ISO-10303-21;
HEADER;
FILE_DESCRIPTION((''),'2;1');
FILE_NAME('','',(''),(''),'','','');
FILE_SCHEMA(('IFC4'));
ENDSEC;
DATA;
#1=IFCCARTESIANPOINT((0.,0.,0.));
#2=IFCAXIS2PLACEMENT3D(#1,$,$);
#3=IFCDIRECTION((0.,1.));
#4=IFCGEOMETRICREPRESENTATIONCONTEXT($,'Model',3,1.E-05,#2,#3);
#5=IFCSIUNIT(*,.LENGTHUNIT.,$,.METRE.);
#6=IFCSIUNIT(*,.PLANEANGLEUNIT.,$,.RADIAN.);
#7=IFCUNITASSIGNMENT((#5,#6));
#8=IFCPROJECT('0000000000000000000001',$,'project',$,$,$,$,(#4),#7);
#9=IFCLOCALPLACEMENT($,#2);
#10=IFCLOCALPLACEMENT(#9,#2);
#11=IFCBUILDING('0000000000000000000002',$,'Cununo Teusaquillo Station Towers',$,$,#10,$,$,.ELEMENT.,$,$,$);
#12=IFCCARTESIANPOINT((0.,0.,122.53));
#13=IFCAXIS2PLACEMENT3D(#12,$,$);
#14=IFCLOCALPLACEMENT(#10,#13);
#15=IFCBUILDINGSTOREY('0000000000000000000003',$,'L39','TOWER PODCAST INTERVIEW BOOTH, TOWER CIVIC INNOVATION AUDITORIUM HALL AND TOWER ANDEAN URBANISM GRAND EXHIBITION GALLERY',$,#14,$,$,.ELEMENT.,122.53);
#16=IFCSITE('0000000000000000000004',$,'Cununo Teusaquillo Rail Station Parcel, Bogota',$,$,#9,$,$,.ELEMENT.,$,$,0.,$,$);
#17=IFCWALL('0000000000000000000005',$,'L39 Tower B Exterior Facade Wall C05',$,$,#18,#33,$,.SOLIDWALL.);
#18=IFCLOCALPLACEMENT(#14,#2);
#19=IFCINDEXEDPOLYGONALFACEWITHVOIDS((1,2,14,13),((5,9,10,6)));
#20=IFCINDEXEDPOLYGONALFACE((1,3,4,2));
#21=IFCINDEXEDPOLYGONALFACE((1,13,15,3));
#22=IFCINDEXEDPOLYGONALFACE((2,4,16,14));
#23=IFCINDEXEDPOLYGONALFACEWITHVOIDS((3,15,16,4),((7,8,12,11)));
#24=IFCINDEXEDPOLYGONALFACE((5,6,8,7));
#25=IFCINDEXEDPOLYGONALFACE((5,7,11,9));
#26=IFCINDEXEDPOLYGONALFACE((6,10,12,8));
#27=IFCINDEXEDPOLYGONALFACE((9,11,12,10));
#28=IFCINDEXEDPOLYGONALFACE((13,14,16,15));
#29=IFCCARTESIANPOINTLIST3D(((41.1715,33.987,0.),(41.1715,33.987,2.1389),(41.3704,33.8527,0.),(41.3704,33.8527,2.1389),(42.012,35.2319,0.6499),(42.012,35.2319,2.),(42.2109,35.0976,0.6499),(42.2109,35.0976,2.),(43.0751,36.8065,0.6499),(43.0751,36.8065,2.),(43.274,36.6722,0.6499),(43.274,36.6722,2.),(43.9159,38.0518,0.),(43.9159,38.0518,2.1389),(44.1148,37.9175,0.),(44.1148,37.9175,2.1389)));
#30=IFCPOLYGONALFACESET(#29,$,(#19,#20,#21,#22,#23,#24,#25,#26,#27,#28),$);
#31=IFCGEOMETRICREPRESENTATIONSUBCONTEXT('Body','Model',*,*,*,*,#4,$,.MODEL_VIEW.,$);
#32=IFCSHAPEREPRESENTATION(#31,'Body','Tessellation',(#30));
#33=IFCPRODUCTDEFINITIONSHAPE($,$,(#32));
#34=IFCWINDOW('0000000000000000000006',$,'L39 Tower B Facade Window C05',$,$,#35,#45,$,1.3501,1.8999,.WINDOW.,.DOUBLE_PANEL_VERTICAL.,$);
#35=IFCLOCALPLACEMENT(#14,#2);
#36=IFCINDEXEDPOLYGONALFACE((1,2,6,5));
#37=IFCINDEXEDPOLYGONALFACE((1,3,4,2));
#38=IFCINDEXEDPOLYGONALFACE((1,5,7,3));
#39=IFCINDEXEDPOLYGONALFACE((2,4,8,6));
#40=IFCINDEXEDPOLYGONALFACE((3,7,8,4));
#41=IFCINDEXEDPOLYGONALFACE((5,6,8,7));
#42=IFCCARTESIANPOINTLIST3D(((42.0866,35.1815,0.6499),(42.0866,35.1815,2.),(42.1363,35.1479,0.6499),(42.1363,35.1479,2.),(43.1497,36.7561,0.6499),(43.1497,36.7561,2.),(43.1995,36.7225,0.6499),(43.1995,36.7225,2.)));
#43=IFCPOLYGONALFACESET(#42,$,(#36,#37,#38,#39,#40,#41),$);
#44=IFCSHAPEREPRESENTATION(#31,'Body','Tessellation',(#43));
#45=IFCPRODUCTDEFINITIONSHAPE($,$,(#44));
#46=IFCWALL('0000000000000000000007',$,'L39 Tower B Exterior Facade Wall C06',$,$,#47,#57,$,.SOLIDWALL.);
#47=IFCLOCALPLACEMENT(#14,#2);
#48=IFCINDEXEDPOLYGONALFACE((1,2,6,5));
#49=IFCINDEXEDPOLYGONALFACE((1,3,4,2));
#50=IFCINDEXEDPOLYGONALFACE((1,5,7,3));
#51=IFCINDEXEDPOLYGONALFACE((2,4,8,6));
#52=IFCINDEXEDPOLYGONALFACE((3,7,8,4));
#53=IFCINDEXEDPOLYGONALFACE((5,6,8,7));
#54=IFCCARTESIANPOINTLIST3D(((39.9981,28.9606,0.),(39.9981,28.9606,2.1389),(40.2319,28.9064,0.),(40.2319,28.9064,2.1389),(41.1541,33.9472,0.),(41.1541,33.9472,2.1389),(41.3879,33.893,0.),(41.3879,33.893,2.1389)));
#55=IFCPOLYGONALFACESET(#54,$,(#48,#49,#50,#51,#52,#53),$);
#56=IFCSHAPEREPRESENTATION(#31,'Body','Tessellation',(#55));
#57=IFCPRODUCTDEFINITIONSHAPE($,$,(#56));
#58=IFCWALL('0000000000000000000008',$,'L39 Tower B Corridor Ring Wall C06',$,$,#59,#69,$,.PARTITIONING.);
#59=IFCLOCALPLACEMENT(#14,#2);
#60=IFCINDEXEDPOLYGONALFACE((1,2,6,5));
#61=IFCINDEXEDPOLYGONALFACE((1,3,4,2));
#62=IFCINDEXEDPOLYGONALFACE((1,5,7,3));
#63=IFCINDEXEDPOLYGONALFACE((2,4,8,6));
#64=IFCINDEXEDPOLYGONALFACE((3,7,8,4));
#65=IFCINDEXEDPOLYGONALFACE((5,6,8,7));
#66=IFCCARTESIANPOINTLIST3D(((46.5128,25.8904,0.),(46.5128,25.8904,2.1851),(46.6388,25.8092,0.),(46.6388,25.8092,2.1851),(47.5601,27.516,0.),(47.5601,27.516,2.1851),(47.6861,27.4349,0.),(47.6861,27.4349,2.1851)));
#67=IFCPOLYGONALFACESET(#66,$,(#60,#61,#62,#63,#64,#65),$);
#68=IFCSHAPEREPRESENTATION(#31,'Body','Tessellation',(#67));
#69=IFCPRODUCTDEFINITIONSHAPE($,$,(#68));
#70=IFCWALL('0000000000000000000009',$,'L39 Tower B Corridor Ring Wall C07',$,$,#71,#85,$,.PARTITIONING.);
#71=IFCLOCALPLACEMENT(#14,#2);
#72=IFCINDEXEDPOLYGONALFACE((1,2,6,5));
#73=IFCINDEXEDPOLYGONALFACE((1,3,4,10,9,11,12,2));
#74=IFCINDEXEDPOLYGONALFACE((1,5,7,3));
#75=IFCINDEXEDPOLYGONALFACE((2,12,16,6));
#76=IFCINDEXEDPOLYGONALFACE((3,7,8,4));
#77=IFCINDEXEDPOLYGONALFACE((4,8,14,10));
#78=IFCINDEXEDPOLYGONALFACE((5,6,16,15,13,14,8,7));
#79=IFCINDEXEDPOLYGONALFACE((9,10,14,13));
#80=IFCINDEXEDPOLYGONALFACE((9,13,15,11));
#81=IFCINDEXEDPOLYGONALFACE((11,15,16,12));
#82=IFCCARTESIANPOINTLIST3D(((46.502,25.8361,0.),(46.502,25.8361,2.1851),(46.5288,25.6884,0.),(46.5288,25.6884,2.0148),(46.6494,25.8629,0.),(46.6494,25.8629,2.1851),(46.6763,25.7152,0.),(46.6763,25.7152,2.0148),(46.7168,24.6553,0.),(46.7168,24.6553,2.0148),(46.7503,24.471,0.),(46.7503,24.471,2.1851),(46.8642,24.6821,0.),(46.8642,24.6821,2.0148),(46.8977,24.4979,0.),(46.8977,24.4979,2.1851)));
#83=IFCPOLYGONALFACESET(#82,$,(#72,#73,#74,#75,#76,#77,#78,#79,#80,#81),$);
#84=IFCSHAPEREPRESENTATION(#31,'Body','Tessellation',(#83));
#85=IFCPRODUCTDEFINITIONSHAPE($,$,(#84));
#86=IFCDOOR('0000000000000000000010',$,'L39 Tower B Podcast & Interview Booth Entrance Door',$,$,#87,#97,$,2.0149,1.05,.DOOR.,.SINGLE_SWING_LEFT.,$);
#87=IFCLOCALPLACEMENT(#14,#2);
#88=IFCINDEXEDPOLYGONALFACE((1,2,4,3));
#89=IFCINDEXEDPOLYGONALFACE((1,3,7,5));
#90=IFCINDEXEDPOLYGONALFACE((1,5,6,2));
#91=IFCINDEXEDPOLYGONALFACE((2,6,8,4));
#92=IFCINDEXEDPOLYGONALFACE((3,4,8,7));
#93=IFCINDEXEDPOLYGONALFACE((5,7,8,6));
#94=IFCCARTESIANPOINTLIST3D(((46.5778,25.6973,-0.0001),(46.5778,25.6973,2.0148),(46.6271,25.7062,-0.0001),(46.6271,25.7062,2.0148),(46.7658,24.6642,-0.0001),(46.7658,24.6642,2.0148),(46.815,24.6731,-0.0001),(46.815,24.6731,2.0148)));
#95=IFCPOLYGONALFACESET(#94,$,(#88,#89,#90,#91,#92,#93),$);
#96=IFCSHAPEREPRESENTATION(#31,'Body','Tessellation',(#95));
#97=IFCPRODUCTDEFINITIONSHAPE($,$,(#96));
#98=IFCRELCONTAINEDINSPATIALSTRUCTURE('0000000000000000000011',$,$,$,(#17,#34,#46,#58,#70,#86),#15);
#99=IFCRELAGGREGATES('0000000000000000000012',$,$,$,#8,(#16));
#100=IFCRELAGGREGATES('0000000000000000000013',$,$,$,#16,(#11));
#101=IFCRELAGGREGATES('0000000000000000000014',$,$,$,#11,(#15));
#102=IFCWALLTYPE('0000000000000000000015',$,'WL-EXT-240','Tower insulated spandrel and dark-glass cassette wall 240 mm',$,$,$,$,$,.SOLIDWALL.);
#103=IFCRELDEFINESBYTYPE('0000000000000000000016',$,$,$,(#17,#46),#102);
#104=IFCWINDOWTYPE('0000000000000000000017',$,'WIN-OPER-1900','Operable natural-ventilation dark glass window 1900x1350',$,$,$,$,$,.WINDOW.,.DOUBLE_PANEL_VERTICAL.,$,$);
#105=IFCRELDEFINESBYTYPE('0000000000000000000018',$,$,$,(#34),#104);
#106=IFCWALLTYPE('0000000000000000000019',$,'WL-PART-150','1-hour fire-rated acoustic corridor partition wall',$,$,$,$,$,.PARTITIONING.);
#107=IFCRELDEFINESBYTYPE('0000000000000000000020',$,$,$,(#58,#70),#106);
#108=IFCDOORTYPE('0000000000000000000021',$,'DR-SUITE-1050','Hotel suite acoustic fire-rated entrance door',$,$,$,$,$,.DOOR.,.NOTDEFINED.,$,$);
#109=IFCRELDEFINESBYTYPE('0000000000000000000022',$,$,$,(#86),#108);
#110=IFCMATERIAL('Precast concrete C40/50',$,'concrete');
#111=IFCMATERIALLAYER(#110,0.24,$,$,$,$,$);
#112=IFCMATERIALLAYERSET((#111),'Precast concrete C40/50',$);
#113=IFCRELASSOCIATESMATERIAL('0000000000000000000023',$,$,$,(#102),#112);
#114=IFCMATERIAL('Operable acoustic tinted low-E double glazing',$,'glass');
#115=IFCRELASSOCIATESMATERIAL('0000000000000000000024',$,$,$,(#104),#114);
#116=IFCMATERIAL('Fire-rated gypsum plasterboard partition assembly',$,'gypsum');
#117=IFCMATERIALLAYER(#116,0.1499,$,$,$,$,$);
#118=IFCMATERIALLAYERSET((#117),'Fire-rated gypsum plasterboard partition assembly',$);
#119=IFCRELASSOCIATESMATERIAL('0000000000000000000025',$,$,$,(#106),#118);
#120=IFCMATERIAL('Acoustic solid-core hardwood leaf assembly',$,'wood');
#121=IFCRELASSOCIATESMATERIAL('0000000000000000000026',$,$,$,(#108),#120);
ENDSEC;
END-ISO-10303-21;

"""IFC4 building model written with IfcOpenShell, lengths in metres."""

from ifc_helpers import new_model, si_unit, direction, frame, frame_2d, origin, place, context, subcontext, project, spatial, rectangle, extrude, source, transform, mapped, material, layer, layer_set, type_object, element, fill, save


model = new_model("IFC4")

# Units and contexts
model_context = context("Model", 3, precision=1e-05, world=origin(), true_north=direction((0.0, 1.0)))
body_context = subcontext(model_context, "Body", "Model", "MODEL_VIEW")
ifc_project = project(units=[si_unit("LENGTHUNIT", "METRE"), si_unit("PLANEANGLEUNIT", "RADIAN")], contexts=[model_context])

# Site, building, storey
site_placement = place(None, origin())
site = spatial("IfcSite", under=ifc_project, at=site_placement, Name="Cununo Teusaquillo Rail Station Parcel, Bogota", CompositionType="ELEMENT", RefElevation=0.0)
building_placement = place(site_placement, origin())
building = spatial("IfcBuilding", under=site, at=building_placement, Name="Cununo Teusaquillo Station Towers", CompositionType="ELEMENT")
storey_placement = place(building_placement, frame((0.0, 0.0, 122.53)))
storey = spatial("IfcBuildingStorey", under=building, at=storey_placement, Name="L39", Description="TOWER PODCAST INTERVIEW BOOTH, TOWER CIVIC INNOVATION AUDITORIUM HALL AND TOWER ANDEAN URBANISM GRAND EXHIBITION GALLERY", CompositionType="ELEMENT", Elevation=122.53)

# Shared definitions
ifc_material_1 = material(Name="Precast concrete C40/50", Category="concrete")
ifc_layer_1 = layer(ifc_material_1, 0.24)
ifc_layer_set_1 = layer_set([ifc_layer_1], Name="Precast concrete C40/50")
wall_type_1 = type_object("IfcWallType", Name="WL-EXT-240", Description="Tower insulated spandrel and dark-glass cassette wall 240 mm", PredefinedType="SOLIDWALL", material=ifc_layer_set_1)

# Wall, opening, window
wall_1_placement = place(storey_placement, frame((41.271, 33.9199, 0.0), z_axis=(0.0, 0.0, 1.0), x_axis=(0.559573, 0.828781, 0.0)))
wall_1 = element("IfcWall", 1, at=wall_1_placement, inside=storey, type_object=wall_type_1, Name="L39 Tower B Exterior Facade Wall C05", PredefinedType="SOLIDWALL", context=body_context, shape_type="SweptSolid", body=[
    extrude(rectangle(XDim=4.9045, YDim=0.24, at=frame_2d((2.4521, 0.0))), origin(), (0.0, 0.0, 1.0), 2.1389),
])
shared_shape_1 = source(origin(), body_context, "Body", "SweptSolid", [
    extrude(rectangle(XDim=1.8999, YDim=1.3501, at=frame_2d((0.95, 0.675))), frame((0.0, 0.1299, 0.0), z_axis=(0.0, -1.0, 0.0), x_axis=(1.0, 0.0, 0.0)), (0.0, 0.0, 1.0), 0.26),
])
opening_1_placement = place(wall_1_placement, frame((1.502, 0.0, 0.6499)))
opening_1 = element("IfcOpeningElement", 2, at=opening_1_placement, cuts=wall_1, PredefinedType="OPENING", context=body_context, shape_type="MappedRepresentation", body=[
    mapped(shared_shape_1, transform((0.0, 0.0, 0.0), x_axis=(1.0, 0.0, 0.0), y_axis=(0.0, 1.0, 0.0), z_axis=(0.0, 0.0, 1.0), scale=1.0)),
])
ifc_material_2 = material(Name="Operable acoustic tinted low-E double glazing", Category="glass")
window_type_1 = type_object("IfcWindowType", Name="WIN-OPER-1900", Description="Operable natural-ventilation dark glass window 1900x1350", PartitioningType="DOUBLE_PANEL_VERTICAL", PredefinedType="WINDOW", material=ifc_material_2)
shared_shape_2 = source(origin(), body_context, "Body", "SweptSolid", [
    extrude(rectangle(XDim=1.8999, YDim=1.3501, at=frame_2d((0.95, 0.675))), frame((0.0, 0.03, 0.0), z_axis=(0.0, -1.0, 0.0), x_axis=(1.0, 0.0, 0.0)), (0.0, 0.0, 1.0), 0.0601),
])
window_1_placement = place(opening_1_placement, origin())
window_1 = element("IfcWindow", 3, at=window_1_placement, inside=storey, type_object=window_type_1, Name="L39 Tower B Facade Window C05", OverallHeight=1.3501, OverallWidth=1.8999, PartitioningType="DOUBLE_PANEL_VERTICAL", PredefinedType="WINDOW", context=body_context, shape_type="MappedRepresentation", body=[
    mapped(shared_shape_2, transform((0.0, 0.0, 0.0), x_axis=(1.0, 0.0, 0.0), y_axis=(0.0, 1.0, 0.0), z_axis=(0.0, 0.0, 1.0), scale=1.0)),
])
fill(opening_1, window_1)

# Walls
wall_2_placement = place(storey_placement, frame((40.115, 28.9333, 0.0), z_axis=(0.0, 0.0, 1.0), x_axis=(0.225835, 0.974166, 0.0)))
element("IfcWall", 4, at=wall_2_placement, inside=storey, type_object=wall_type_1, Name="L39 Tower B Exterior Facade Wall C06", PredefinedType="SOLIDWALL", context=body_context, shape_type="SweptSolid", body=[
    extrude(rectangle(XDim=5.1189, YDim=0.24, at=frame_2d((2.5596, 0.0))), origin(), (0.0, 0.0, 1.0), 2.1389),
])
ifc_material_3 = material(Name="Fire-rated gypsum plasterboard partition assembly", Category="gypsum")
ifc_layer_2 = layer(ifc_material_3, 0.1499)
ifc_layer_set_2 = layer_set([ifc_layer_2], Name="Fire-rated gypsum plasterboard partition assembly")
wall_type_2 = type_object("IfcWallType", Name="WL-PART-150", Description="1-hour fire-rated acoustic corridor partition wall", PredefinedType="PARTITIONING", material=ifc_layer_set_2)
wall_3_placement = place(storey_placement, frame((47.623, 27.4753, 0.0), z_axis=(0.0, 0.0, 1.0), x_axis=(-0.54158, -0.840649, 0.0)))
element("IfcWall", 5, at=wall_3_placement, inside=storey, type_object=wall_type_2, Name="L39 Tower B Corridor Ring Wall C06", PredefinedType="PARTITIONING", context=body_context, shape_type="SweptSolid", body=[
    extrude(rectangle(XDim=1.9338, YDim=0.1499, at=frame_2d((0.9668, 0.0))), origin(), (0.0, 0.0, 1.0), 2.1851),
])

# Wall, opening, door
wall_4_placement = place(storey_placement, frame((46.5757, 25.8496, 0.0), z_axis=(0.0, 0.0, 1.0), x_axis=(0.178963, -0.983856, 0.0)))
wall_4 = element("IfcWall", 6, at=wall_4_placement, inside=storey, type_object=wall_type_2, Name="L39 Tower B Corridor Ring Wall C07", PredefinedType="PARTITIONING", context=body_context, shape_type="SweptSolid", body=[
    extrude(rectangle(XDim=1.3875, YDim=0.1499, at=frame_2d((0.6938, 0.0))), origin(), (0.0, 0.0, 1.0), 2.1851),
])
shared_shape_3 = source(origin(), body_context, "Body", "SweptSolid", [
    extrude(rectangle(XDim=1.05, YDim=2.0149, at=frame_2d((0.5249, 1.0073))), frame((0.0, 0.085, 0.0), z_axis=(0.0, -1.0, 0.0), x_axis=(1.0, 0.0, 0.0)), (0.0, 0.0, 1.0), 0.1699),
])
opening_2_placement = place(wall_4_placement, frame((0.1504, 0.0, 0.0)))
opening_2 = element("IfcOpeningElement", 7, at=opening_2_placement, cuts=wall_4, PredefinedType="OPENING", context=body_context, shape_type="MappedRepresentation", body=[
    mapped(shared_shape_3, transform((0.0, 0.0, 0.0), x_axis=(1.0, 0.0, 0.0), y_axis=(0.0, 1.0, 0.0), z_axis=(0.0, 0.0, 1.0), scale=1.0)),
])
ifc_material_4 = material(Name="Acoustic solid-core hardwood leaf assembly", Category="wood")
door_type = type_object("IfcDoorType", Name="DR-SUITE-1050", Description="Hotel suite acoustic fire-rated entrance door", OperationType="NOTDEFINED", PredefinedType="DOOR", material=ifc_material_4)
shared_shape_4 = source(origin(), body_context, "Body", "SweptSolid", [
    extrude(rectangle(XDim=1.05, YDim=2.0149, at=frame_2d((0.5249, 1.0073))), frame((0.0, 0.0249, 0.0), z_axis=(0.0, -1.0, 0.0), x_axis=(1.0, 0.0, 0.0)), (0.0, 0.0, 1.0), 0.05),
])
door_placement = place(opening_2_placement, origin())
door = element("IfcDoor", 8, at=door_placement, inside=storey, type_object=door_type, Name="L39 Tower B Podcast & Interview Booth Entrance Door", OperationType="SINGLE_SWING_LEFT", OverallHeight=2.0149, OverallWidth=1.05, PredefinedType="DOOR", context=body_context, shape_type="MappedRepresentation", body=[
    mapped(shared_shape_4, transform((0.0, 0.0, 0.0), x_axis=(1.0, 0.0, 0.0), y_axis=(0.0, 1.0, 0.0), z_axis=(0.0, 0.0, 1.0), scale=1.0)),
])
fill(opening_2, door)

save(model, "model.ifc")
